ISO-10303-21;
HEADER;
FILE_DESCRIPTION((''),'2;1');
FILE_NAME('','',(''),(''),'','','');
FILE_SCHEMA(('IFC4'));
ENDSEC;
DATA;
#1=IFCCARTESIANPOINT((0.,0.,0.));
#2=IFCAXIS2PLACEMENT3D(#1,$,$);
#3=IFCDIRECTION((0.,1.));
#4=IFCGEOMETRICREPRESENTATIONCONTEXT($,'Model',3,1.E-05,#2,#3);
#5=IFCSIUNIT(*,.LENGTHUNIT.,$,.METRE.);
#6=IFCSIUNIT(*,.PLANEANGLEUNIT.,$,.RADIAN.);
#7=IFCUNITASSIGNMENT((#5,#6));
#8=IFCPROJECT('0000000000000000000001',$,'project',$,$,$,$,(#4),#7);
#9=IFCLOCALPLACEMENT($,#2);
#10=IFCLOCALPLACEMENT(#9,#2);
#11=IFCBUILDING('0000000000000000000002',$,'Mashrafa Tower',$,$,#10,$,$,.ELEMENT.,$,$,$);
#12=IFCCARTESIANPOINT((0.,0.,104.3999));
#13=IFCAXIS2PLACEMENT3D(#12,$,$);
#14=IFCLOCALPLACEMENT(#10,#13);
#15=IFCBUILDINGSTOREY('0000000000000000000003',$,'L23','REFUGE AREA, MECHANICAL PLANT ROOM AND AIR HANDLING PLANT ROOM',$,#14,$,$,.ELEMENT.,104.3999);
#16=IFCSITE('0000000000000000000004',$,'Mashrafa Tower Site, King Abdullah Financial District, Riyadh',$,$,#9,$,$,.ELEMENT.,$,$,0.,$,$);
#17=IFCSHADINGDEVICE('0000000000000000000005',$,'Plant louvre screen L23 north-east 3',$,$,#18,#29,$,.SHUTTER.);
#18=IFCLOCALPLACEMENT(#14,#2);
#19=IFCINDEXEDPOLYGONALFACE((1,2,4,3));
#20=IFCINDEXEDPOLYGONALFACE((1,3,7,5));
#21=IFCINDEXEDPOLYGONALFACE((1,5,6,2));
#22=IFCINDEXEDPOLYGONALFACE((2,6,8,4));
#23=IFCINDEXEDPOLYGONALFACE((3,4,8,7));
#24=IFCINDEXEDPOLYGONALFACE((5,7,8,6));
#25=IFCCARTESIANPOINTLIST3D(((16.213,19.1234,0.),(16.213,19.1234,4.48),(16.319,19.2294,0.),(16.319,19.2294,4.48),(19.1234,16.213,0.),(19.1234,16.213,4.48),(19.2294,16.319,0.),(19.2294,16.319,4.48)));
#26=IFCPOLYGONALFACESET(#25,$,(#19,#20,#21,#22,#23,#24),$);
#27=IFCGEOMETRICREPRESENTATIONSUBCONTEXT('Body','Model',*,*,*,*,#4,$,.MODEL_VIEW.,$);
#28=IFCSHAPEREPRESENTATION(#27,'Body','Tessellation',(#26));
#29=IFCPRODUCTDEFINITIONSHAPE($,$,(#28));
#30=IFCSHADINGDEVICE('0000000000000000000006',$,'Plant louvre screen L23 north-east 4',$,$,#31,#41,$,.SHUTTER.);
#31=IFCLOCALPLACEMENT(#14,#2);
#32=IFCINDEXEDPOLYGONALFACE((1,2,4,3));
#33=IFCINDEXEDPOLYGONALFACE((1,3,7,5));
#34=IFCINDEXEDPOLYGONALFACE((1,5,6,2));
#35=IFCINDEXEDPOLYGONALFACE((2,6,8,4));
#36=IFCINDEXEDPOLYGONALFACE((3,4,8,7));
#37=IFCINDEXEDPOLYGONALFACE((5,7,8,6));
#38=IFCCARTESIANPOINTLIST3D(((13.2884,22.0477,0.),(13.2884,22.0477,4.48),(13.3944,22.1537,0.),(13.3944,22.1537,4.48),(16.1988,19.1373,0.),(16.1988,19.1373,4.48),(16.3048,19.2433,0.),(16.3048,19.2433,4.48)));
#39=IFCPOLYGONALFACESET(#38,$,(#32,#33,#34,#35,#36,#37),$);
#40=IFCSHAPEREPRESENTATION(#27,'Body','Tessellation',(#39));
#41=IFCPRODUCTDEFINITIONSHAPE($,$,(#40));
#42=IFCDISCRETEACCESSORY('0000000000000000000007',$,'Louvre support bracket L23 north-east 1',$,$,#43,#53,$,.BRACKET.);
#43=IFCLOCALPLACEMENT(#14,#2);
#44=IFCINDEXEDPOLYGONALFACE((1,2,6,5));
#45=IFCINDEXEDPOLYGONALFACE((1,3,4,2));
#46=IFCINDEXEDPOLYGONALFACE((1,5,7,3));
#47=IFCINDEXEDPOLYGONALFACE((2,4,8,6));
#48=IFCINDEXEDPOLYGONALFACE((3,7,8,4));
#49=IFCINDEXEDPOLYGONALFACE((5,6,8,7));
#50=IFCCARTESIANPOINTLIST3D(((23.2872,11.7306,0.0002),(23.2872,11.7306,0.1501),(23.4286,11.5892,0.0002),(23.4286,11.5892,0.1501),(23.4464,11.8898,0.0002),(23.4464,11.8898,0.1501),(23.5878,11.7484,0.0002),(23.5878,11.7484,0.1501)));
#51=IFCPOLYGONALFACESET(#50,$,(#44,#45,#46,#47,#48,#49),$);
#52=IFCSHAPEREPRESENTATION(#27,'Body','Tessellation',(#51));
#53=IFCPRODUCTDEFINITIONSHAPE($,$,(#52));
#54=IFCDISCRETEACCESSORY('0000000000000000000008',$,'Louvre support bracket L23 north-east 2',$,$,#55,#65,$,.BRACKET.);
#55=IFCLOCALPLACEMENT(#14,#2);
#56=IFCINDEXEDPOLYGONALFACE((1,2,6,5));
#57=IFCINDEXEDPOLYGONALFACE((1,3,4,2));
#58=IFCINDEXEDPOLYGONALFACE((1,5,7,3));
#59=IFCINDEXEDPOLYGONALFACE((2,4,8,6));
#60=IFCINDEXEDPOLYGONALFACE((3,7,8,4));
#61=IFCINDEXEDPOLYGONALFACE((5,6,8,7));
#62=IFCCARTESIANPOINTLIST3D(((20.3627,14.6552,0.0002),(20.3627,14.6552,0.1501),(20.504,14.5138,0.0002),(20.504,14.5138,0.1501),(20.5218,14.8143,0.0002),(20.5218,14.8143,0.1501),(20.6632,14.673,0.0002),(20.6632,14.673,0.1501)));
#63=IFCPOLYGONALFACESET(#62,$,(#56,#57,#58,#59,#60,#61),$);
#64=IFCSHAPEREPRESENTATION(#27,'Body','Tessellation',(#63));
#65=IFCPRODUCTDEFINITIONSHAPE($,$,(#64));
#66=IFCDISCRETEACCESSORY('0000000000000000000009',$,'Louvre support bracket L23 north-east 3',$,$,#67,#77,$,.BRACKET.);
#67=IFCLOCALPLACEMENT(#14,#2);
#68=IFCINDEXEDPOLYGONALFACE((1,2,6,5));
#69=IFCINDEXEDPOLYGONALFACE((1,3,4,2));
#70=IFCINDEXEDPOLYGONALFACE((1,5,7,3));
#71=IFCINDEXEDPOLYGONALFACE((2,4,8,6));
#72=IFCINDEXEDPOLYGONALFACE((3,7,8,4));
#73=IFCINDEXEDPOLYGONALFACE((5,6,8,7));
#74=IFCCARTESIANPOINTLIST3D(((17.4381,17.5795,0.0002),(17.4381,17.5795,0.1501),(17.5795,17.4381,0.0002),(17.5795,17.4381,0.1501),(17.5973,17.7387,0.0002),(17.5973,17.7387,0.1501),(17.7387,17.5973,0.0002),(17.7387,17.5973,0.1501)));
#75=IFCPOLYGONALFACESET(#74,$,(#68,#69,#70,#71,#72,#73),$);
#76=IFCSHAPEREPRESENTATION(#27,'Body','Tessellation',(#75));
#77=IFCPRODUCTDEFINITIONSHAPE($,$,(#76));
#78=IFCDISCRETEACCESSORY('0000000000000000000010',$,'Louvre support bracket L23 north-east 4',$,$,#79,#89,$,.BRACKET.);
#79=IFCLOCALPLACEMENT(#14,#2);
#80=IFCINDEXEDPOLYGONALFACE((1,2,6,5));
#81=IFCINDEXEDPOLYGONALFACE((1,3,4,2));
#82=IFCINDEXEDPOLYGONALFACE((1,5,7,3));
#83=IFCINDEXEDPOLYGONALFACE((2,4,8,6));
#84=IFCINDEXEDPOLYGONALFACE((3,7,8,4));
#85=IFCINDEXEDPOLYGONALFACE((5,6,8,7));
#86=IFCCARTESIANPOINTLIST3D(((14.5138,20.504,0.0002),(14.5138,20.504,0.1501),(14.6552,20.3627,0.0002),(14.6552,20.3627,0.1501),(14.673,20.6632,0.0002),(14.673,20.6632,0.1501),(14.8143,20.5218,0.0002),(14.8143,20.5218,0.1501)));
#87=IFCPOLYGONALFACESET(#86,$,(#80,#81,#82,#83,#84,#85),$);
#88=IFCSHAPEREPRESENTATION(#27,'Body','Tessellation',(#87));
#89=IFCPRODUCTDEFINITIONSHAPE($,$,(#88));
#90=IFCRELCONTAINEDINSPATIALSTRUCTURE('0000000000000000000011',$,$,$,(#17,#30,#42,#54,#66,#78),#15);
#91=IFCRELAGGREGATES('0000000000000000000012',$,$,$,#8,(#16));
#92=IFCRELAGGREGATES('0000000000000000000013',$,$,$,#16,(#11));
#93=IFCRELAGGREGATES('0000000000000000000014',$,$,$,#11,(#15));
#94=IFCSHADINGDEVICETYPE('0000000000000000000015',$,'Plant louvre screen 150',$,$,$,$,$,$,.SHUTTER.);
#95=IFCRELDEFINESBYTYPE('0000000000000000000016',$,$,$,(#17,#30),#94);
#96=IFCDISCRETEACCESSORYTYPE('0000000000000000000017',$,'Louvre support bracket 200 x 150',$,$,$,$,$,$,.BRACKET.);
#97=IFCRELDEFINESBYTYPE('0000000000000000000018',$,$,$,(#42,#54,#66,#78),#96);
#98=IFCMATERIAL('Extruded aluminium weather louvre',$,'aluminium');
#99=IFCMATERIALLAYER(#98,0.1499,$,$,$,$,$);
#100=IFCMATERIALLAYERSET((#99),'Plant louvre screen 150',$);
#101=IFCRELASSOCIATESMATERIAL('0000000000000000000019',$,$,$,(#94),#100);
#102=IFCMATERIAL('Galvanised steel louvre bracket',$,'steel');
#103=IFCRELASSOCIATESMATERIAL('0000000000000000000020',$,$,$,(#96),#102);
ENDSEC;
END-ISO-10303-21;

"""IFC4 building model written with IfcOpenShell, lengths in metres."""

from ifc_helpers import new_model, si_unit, direction, frame, origin, origin_2d, place, context, subcontext, project, spatial, rectangle, extrude, source, transform, mapped, material, layer, layer_set, type_object, type_shapes, element, save


model = new_model("IFC4")

# Units and contexts
model_context = context("Model", 3, precision=1e-05, world=origin(), true_north=direction((0.0, 1.0)))
body_context = subcontext(model_context, "Body", "Model", "MODEL_VIEW")
ifc_project = project(units=[si_unit("LENGTHUNIT", "METRE"), si_unit("PLANEANGLEUNIT", "RADIAN")], contexts=[model_context])

# Site, building, storey
site_placement = place(None, origin())
site = spatial("IfcSite", under=ifc_project, at=site_placement, Name="Mashrafa Tower Site, King Abdullah Financial District, Riyadh", CompositionType="ELEMENT", RefElevation=0.0)
building_placement = place(site_placement, origin())
building = spatial("IfcBuilding", under=site, at=building_placement, Name="Mashrafa Tower", CompositionType="ELEMENT")
storey_placement = place(building_placement, frame((0.0, 0.0, 104.3999)))
storey = spatial("IfcBuildingStorey", under=building, at=storey_placement, Name="L23", Description="REFUGE AREA, MECHANICAL PLANT ROOM AND AIR HANDLING PLANT ROOM", CompositionType="ELEMENT", Elevation=104.3999)

# Shading devices
ifc_material_1 = material(Name="Extruded aluminium weather louvre", Category="aluminium")
ifc_layer_1 = layer(ifc_material_1, 0.1499)
ifc_layer_set_1 = layer_set([ifc_layer_1], Name="Plant louvre screen 150")
shading_device_type = type_object("IfcShadingDeviceType", Name="Plant louvre screen 150", PredefinedType="SHUTTER", material=ifc_layer_set_1)
shared_shape_1 = source(origin(), body_context, "Body", "SweptSolid", [
    extrude(rectangle(XDim=4.116, YDim=0.1499, at=origin_2d()), origin(), (0.0, 0.0, 1.0), 4.48),
])
type_shapes(shading_device_type, [shared_shape_1])
for number, where, z_axis, x_axis, name in (
    (1, (17.7212, 17.7212, 0.0), (0.0, 0.0, 1.0), (-0.707107, 0.707107, 0.0), "Plant louvre screen L23 north-east 3"),
    (2, (14.7966, 20.6455, 0.0), (0.0, 0.0, 1.0), (-0.707107, 0.707107, 0.0), "Plant louvre screen L23 north-east 4"),
):
    element("IfcShadingDevice", number, at=place(storey_placement, frame(where, z_axis=z_axis, x_axis=x_axis)), inside=storey, type_object=shading_device_type, Name=name, PredefinedType="SHUTTER", context=body_context, shape_type="MappedRepresentation", body=[
        mapped(shared_shape_1, transform((0.0, 0.0, 0.0))),
    ])

# Discrete accessories
ifc_material_2 = material(Name="Galvanised steel louvre bracket", Category="steel")
discrete_accessory_type = type_object("IfcDiscreteAccessoryType", Name="Louvre support bracket 200 x 150", PredefinedType="BRACKET", material=ifc_material_2)
shared_shape_2 = source(origin(), body_context, "Body", "SweptSolid", [
    extrude(rectangle(XDim=0.2, YDim=0.2251, at=origin_2d()), origin(), (0.0, 0.0, 1.0), 0.1499),
])
type_shapes(discrete_accessory_type, [shared_shape_2])
for number, where, z_axis, x_axis, name in (
    (3, (23.4375, 11.7395, 0.0002), (0.0, 0.0, 1.0), (-0.707107, 0.707107, 0.0), "Louvre support bracket L23 north-east 1"),
    (4, (20.5129, 14.6641, 0.0002), (0.0, 0.0, 1.0), (-0.707107, 0.707107, 0.0), "Louvre support bracket L23 north-east 2"),
    (5, (17.5884, 17.5884, 0.0002), (0.0, 0.0, 1.0), (-0.707107, 0.707107, 0.0), "Louvre support bracket L23 north-east 3"),
    (6, (14.6641, 20.5129, 0.0002), (0.0, 0.0, 1.0), (-0.707107, 0.707107, 0.0), "Louvre support bracket L23 north-east 4"),
):
    element("IfcDiscreteAccessory", number, at=place(storey_placement, frame(where, z_axis=z_axis, x_axis=x_axis)), inside=storey, type_object=discrete_accessory_type, Name=name, PredefinedType="BRACKET", context=body_context, shape_type="MappedRepresentation", body=[
        mapped(shared_shape_2, transform((0.0, 0.0, 0.0))),
    ])

save(model, "model.ifc")
